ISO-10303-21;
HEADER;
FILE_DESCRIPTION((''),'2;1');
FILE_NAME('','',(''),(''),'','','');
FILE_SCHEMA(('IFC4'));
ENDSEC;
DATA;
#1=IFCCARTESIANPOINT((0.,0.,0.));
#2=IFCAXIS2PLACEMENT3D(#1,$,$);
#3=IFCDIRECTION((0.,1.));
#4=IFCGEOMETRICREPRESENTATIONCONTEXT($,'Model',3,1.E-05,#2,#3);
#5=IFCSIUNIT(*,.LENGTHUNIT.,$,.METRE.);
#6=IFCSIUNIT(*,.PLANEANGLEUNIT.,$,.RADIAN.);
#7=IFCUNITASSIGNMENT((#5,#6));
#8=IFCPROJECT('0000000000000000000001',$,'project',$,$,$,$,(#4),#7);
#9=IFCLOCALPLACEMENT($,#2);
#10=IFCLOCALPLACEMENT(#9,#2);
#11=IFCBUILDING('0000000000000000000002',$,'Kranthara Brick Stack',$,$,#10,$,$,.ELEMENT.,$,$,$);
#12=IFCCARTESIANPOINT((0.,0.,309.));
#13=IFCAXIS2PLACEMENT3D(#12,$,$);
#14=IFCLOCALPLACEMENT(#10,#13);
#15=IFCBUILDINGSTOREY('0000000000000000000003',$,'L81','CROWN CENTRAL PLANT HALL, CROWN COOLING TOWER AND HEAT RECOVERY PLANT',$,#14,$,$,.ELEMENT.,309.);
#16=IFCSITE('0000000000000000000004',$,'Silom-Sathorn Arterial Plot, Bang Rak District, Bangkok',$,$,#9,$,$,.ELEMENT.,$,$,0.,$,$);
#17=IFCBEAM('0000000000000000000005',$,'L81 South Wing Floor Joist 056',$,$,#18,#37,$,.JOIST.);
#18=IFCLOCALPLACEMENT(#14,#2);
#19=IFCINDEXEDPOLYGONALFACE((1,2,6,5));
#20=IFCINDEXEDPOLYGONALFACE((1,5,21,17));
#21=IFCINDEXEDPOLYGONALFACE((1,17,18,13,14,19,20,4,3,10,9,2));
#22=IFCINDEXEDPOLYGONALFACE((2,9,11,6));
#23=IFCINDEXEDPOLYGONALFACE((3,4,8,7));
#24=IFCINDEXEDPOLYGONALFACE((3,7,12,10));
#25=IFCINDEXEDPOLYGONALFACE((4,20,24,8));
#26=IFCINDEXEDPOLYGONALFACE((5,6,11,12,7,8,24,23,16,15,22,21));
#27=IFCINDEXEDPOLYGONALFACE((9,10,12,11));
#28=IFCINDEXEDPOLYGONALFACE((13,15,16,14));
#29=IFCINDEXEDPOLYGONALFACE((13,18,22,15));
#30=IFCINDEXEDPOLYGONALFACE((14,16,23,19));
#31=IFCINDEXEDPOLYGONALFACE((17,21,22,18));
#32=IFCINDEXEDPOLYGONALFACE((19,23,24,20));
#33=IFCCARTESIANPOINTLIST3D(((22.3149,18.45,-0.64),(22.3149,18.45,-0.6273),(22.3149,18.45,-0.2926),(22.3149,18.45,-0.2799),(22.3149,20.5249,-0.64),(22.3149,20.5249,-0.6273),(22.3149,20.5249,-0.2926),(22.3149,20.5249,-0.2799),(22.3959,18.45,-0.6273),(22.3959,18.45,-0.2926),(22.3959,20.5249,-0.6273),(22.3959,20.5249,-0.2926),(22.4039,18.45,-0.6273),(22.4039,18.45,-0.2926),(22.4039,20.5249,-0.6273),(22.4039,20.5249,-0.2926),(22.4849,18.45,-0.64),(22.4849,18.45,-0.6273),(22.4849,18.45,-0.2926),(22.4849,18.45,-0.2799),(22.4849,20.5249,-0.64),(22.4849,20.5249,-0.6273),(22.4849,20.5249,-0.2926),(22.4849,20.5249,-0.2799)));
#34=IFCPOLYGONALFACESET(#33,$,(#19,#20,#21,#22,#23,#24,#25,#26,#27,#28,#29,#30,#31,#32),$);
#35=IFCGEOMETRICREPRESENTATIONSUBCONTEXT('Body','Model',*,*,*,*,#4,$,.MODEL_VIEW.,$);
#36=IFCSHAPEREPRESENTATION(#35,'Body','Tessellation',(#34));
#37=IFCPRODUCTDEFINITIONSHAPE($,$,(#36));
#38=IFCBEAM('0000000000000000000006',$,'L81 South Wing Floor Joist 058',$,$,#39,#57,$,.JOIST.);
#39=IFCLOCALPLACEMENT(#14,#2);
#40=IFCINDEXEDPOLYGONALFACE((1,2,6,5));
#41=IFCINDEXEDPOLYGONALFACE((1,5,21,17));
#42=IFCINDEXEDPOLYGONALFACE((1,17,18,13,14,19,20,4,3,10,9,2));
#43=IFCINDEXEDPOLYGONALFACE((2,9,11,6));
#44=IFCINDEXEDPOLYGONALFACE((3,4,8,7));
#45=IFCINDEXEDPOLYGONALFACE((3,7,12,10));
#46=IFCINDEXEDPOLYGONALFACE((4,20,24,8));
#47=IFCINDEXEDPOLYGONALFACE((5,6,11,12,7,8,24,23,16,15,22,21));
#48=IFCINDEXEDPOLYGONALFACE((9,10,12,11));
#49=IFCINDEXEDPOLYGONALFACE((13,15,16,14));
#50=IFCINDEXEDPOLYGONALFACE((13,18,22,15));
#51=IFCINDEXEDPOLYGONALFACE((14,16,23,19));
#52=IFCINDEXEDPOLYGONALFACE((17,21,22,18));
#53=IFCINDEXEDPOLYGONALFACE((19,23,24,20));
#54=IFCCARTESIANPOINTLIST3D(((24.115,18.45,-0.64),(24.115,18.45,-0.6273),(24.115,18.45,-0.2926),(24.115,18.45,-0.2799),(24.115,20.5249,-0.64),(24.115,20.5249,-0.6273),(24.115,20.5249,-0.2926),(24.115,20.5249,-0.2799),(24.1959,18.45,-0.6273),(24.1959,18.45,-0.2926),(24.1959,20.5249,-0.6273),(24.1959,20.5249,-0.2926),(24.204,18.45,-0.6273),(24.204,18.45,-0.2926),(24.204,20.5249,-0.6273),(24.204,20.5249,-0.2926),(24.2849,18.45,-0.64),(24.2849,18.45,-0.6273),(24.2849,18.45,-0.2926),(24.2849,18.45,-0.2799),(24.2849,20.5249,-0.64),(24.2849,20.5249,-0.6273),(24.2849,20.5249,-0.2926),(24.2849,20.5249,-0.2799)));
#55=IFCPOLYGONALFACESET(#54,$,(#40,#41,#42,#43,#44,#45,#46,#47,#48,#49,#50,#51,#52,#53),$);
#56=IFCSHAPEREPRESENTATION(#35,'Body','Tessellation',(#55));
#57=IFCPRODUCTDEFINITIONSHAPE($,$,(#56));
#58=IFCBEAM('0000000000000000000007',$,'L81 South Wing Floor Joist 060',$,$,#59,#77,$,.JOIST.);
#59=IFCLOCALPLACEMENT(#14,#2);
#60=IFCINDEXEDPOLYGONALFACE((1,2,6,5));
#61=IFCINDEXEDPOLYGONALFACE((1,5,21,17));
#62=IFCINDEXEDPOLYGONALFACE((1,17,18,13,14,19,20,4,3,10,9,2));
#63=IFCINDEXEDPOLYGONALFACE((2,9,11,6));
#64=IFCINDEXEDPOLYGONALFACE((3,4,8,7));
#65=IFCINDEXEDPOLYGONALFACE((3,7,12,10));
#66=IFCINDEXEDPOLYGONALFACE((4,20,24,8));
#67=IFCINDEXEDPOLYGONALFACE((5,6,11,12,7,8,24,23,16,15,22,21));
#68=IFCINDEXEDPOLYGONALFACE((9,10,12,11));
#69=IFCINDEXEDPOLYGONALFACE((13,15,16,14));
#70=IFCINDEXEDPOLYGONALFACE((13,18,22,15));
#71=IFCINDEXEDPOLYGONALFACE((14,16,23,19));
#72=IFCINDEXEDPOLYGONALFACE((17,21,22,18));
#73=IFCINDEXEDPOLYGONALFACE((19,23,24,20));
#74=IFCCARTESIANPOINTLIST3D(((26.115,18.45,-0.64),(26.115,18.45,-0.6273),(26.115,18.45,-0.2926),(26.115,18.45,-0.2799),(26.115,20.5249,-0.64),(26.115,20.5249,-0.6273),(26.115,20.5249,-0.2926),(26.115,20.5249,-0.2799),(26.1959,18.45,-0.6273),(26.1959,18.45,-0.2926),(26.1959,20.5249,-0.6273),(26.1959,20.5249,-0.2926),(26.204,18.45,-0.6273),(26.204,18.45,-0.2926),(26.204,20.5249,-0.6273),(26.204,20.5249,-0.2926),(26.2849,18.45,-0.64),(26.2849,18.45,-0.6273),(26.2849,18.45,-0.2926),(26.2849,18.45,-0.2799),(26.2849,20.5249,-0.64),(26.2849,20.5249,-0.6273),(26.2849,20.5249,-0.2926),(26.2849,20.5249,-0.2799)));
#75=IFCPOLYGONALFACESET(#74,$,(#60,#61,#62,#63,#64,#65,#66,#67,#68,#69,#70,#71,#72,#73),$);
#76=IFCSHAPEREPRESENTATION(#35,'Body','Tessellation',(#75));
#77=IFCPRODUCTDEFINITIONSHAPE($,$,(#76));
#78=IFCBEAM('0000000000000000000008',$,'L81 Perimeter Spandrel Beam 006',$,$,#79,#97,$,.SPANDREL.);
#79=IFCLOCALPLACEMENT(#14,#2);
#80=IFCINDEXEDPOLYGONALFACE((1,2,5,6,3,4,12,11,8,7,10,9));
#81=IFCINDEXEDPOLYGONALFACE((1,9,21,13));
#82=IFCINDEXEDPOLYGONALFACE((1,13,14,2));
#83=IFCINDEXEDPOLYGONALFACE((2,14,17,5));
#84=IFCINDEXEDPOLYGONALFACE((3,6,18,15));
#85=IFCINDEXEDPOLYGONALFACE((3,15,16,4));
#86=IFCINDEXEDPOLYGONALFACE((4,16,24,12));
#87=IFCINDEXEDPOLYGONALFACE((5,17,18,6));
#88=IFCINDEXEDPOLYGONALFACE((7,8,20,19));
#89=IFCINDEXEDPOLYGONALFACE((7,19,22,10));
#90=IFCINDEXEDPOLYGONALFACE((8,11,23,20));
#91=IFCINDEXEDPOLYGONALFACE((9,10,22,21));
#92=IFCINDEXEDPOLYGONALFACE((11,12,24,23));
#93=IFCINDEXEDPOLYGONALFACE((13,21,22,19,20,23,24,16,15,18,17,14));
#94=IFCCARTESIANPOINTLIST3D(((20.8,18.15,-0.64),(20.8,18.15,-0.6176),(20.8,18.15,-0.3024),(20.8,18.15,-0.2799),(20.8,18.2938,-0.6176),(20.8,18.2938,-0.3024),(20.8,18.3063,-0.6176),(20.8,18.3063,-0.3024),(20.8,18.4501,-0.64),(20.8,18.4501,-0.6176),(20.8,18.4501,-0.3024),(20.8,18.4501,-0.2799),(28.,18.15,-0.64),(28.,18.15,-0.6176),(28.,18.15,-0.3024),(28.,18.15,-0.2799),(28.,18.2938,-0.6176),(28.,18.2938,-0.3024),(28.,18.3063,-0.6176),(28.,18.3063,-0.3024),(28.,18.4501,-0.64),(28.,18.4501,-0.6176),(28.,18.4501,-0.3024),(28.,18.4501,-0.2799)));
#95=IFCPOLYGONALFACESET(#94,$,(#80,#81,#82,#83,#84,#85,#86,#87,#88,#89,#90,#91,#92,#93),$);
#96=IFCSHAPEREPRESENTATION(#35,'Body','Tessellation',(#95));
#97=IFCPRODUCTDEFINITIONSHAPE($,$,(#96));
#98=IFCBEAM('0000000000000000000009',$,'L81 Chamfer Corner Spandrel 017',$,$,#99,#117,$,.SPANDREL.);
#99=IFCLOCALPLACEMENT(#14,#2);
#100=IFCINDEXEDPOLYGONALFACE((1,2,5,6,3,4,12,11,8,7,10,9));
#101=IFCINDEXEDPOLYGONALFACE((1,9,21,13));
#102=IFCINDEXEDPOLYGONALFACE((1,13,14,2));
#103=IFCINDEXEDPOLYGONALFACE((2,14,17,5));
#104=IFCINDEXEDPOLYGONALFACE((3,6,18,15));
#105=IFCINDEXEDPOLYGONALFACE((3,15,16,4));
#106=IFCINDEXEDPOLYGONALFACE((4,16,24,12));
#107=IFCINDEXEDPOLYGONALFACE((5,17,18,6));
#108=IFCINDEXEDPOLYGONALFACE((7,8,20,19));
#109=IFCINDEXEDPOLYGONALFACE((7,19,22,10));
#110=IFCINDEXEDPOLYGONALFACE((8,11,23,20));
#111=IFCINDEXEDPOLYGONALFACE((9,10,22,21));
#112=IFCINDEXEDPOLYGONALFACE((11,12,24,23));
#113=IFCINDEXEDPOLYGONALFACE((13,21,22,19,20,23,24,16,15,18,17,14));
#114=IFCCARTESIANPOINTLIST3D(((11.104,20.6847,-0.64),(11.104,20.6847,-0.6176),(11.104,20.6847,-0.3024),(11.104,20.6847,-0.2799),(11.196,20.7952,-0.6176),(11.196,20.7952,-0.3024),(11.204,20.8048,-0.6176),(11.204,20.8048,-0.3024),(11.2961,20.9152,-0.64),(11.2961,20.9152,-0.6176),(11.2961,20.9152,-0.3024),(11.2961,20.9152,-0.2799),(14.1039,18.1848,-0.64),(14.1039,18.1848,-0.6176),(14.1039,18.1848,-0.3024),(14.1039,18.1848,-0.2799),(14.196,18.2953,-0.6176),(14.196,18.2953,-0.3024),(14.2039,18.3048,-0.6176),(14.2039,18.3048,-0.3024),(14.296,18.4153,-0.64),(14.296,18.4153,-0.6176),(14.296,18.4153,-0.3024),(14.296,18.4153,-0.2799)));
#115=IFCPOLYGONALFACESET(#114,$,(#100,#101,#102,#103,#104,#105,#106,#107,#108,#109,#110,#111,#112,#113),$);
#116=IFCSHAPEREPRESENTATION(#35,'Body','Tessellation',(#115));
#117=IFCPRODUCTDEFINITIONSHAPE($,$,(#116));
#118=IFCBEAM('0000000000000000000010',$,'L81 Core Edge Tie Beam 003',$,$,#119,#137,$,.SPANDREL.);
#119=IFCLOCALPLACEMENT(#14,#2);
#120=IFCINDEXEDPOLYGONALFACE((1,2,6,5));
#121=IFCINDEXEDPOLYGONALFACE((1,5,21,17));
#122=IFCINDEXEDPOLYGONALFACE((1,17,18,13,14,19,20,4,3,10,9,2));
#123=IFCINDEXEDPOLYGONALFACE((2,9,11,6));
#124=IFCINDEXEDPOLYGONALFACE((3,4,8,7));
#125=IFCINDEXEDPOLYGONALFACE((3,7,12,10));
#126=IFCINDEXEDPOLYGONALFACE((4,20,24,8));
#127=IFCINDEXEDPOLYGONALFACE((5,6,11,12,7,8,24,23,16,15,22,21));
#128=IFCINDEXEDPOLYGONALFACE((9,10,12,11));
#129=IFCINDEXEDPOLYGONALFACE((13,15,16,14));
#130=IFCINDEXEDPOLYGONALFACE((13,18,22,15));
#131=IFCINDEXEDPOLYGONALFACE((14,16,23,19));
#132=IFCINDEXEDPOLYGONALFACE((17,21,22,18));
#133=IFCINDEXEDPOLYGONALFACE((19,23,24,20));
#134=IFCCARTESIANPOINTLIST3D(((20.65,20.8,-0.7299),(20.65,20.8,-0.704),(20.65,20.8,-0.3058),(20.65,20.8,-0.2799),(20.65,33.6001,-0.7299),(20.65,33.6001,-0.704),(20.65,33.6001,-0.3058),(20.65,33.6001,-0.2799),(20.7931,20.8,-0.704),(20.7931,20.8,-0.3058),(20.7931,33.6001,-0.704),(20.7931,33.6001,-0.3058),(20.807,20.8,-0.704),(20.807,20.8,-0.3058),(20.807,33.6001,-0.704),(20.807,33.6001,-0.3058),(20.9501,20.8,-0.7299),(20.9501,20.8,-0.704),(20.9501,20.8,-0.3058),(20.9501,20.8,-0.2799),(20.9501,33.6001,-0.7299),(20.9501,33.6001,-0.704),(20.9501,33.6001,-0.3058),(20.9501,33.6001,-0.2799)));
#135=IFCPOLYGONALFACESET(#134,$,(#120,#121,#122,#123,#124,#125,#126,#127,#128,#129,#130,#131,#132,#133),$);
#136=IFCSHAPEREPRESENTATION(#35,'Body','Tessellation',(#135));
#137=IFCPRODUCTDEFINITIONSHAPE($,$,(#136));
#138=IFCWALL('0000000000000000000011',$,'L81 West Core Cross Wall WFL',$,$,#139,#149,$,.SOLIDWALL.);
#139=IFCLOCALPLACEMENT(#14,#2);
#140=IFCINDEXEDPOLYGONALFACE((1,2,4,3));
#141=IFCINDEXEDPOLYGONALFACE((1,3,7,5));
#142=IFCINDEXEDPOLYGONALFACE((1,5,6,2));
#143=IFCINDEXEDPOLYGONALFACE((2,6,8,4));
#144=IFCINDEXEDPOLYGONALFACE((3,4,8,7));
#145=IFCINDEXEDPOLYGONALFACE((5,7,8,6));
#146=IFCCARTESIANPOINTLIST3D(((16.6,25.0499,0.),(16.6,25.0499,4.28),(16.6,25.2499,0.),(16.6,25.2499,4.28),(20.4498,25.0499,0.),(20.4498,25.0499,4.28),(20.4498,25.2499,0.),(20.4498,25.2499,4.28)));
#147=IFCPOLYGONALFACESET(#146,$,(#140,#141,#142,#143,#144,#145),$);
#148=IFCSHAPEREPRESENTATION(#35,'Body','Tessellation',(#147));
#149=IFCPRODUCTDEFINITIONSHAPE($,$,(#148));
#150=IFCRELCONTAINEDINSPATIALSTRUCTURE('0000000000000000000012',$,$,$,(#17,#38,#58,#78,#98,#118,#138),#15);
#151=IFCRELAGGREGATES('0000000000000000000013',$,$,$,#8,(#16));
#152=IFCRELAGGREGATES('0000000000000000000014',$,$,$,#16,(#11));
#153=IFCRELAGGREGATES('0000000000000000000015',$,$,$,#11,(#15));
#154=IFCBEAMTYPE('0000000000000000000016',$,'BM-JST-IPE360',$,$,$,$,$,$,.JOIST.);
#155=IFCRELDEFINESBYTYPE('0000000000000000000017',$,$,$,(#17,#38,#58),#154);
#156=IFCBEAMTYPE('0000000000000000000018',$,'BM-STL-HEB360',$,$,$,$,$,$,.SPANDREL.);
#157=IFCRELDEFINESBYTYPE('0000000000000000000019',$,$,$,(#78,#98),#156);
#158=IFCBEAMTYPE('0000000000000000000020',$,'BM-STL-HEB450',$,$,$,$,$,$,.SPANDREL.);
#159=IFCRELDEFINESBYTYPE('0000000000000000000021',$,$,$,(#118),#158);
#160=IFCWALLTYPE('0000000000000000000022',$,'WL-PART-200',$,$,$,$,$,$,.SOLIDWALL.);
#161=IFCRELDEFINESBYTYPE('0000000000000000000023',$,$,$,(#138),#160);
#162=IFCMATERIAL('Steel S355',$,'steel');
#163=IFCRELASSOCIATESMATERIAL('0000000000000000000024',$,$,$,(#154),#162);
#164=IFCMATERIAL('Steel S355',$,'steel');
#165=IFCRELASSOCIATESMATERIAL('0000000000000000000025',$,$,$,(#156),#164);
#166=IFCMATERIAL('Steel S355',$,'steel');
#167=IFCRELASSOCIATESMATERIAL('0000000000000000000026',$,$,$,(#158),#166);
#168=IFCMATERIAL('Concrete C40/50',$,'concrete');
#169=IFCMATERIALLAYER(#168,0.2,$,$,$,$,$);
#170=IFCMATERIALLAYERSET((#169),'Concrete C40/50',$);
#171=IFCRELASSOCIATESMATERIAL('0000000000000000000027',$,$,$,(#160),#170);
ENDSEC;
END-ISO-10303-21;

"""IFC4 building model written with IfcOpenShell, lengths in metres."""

from ifc_helpers import new_model, si_unit, direction, frame, frame_2d, origin, origin_2d, place, context, subcontext, project, spatial, rectangle, i_section, extrude, material, layer, layer_set, material_profile, profile_set, type_object, element, save


model = new_model("IFC4")

# Units and contexts
model_context = context("Model", 3, precision=1e-05, world=origin(), true_north=direction((0.0, 1.0)))
body_context = subcontext(model_context, "Body", "Model", "MODEL_VIEW")
ifc_project = project(units=[si_unit("LENGTHUNIT", "METRE"), si_unit("PLANEANGLEUNIT", "RADIAN")], contexts=[model_context])

# Site, building, storey
site_placement = place(None, origin())
site = spatial("IfcSite", under=ifc_project, at=site_placement, Name="Silom-Sathorn Arterial Plot, Bang Rak District, Bangkok", CompositionType="ELEMENT", RefElevation=0.0)
building_placement = place(site_placement, origin())
building = spatial("IfcBuilding", under=site, at=building_placement, Name="Kranthara Brick Stack", CompositionType="ELEMENT")
storey_placement = place(building_placement, frame((0.0, 0.0, 309.0)))
storey = spatial("IfcBuildingStorey", under=building, at=storey_placement, Name="L81", Description="CROWN CENTRAL PLANT HALL, CROWN COOLING TOWER AND HEAT RECOVERY PLANT", CompositionType="ELEMENT", Elevation=309.0)

# Beams
ifc_material_1 = material(Name="Steel S355", Category="steel")
ifc_material_profile_1 = material_profile(ifc_material_1, i_section(OverallWidth=0.1699, OverallDepth=0.3601, WebThickness=0.0081, FlangeThickness=0.0127, at=origin_2d()), Name="IPE 360")
ifc_profile_set_1 = profile_set([ifc_material_profile_1], Name="Steel S355")
beam_type_1 = type_object("IfcBeamType", Name="BM-JST-IPE360", PredefinedType="JOIST", material=ifc_profile_set_1)
for number, where, z_axis, x_axis, name in (
    (1, (22.3999, 18.45, -0.46), (0.0, 1.0, 0.0), (-1.0, 0.0, 0.0), "L81 South Wing Floor Joist 056"),
    (2, (24.2, 18.45, -0.46), (0.0, 1.0, 0.0), (-1.0, 0.0, 0.0), "L81 South Wing Floor Joist 058"),
    (3, (26.2, 18.45, -0.46), (0.0, 1.0, 0.0), (-1.0, 0.0, 0.0), "L81 South Wing Floor Joist 060"),
):
    element("IfcBeam", number, at=place(storey_placement, frame(where, z_axis=z_axis, x_axis=x_axis)), inside=storey, type_object=beam_type_1, Name=name, PredefinedType="JOIST", context=body_context, shape_type="SweptSolid", body=[
        extrude(i_section(OverallWidth=0.1699, OverallDepth=0.3601, WebThickness=0.0081, FlangeThickness=0.0127, at=origin_2d()), origin(), (0.0, 0.0, 1.0), 2.075),
    ])
ifc_material_2 = material(Name="Steel S355", Category="steel")
ifc_material_profile_2 = material_profile(ifc_material_2, i_section(OverallWidth=0.3, OverallDepth=0.3601, WebThickness=0.0125, FlangeThickness=0.0225, at=origin_2d()), Name="HEB 360")
ifc_profile_set_2 = profile_set([ifc_material_profile_2], Name="Steel S355")
beam_type_2 = type_object("IfcBeamType", Name="BM-STL-HEB360", PredefinedType="SPANDREL", material=ifc_profile_set_2)
beam_1_placement = place(storey_placement, frame((20.8, 18.3, -0.46), z_axis=(1.0, 0.0, 0.0), x_axis=(0.0, 1.0, 0.0)))
element("IfcBeam", 4, at=beam_1_placement, inside=storey, type_object=beam_type_2, Name="L81 Perimeter Spandrel Beam 006", PredefinedType="SPANDREL", context=body_context, shape_type="SweptSolid", body=[
    extrude(i_section(OverallWidth=0.3, OverallDepth=0.3601, WebThickness=0.0125, FlangeThickness=0.0225, at=origin_2d()), origin(), (0.0, 0.0, 1.0), 7.2),
])
beam_2_placement = place(storey_placement, frame((14.2, 18.3, -0.46), z_axis=(-0.768221, 0.640184, 0.0), x_axis=(-0.640184, -0.768221, 0.0)))
element("IfcBeam", 5, at=beam_2_placement, inside=storey, type_object=beam_type_2, Name="L81 Chamfer Corner Spandrel 017", PredefinedType="SPANDREL", context=body_context, shape_type="SweptSolid", body=[
    extrude(i_section(OverallWidth=0.3, OverallDepth=0.3601, WebThickness=0.0125, FlangeThickness=0.0225, at=origin_2d()), origin(), (0.0, 0.0, 1.0), 3.905),
])
ifc_material_3 = material(Name="Steel S355", Category="steel")
ifc_material_profile_3 = material_profile(ifc_material_3, i_section(OverallWidth=0.3, OverallDepth=0.45, WebThickness=0.0139, FlangeThickness=0.0259, at=origin_2d()), Name="HEB 450")
ifc_profile_set_3 = profile_set([ifc_material_profile_3], Name="Steel S355")
beam_type_3 = type_object("IfcBeamType", Name="BM-STL-HEB450", PredefinedType="SPANDREL", material=ifc_profile_set_3)
beam_3_placement = place(storey_placement, frame((20.8, 20.8, -0.5049), z_axis=(0.0, 1.0, 0.0), x_axis=(-1.0, 0.0, 0.0)))
element("IfcBeam", 6, at=beam_3_placement, inside=storey, type_object=beam_type_3, Name="L81 Core Edge Tie Beam 003", PredefinedType="SPANDREL", context=body_context, shape_type="SweptSolid", body=[
    extrude(i_section(OverallWidth=0.3, OverallDepth=0.45, WebThickness=0.0139, FlangeThickness=0.0259, at=origin_2d()), origin(), (0.0, 0.0, 1.0), 12.8),
])

# Wall
ifc_material_4 = material(Name="Concrete C40/50", Category="concrete")
ifc_layer_1 = layer(ifc_material_4, 0.2)
ifc_layer_set_1 = layer_set([ifc_layer_1], Name="Concrete C40/50")
wall_type_1 = type_object("IfcWallType", Name="WL-PART-200", PredefinedType="SOLIDWALL", material=ifc_layer_set_1)
wall_1_placement = place(storey_placement, frame((16.6001, 25.1499, 0.0), z_axis=(0.0, 0.0, 1.0), x_axis=(1.0, 0.0, 0.0)))
element("IfcWall", 7, at=wall_1_placement, inside=storey, type_object=wall_type_1, Name="L81 West Core Cross Wall WFL", PredefinedType="SOLIDWALL", context=body_context, shape_type="SweptSolid", body=[
    extrude(rectangle(XDim=3.8499, YDim=0.2, at=frame_2d((1.9248, 0.0))), origin(), (0.0, 0.0, 1.0), 4.28),
])

save(model, "model.ifc")
